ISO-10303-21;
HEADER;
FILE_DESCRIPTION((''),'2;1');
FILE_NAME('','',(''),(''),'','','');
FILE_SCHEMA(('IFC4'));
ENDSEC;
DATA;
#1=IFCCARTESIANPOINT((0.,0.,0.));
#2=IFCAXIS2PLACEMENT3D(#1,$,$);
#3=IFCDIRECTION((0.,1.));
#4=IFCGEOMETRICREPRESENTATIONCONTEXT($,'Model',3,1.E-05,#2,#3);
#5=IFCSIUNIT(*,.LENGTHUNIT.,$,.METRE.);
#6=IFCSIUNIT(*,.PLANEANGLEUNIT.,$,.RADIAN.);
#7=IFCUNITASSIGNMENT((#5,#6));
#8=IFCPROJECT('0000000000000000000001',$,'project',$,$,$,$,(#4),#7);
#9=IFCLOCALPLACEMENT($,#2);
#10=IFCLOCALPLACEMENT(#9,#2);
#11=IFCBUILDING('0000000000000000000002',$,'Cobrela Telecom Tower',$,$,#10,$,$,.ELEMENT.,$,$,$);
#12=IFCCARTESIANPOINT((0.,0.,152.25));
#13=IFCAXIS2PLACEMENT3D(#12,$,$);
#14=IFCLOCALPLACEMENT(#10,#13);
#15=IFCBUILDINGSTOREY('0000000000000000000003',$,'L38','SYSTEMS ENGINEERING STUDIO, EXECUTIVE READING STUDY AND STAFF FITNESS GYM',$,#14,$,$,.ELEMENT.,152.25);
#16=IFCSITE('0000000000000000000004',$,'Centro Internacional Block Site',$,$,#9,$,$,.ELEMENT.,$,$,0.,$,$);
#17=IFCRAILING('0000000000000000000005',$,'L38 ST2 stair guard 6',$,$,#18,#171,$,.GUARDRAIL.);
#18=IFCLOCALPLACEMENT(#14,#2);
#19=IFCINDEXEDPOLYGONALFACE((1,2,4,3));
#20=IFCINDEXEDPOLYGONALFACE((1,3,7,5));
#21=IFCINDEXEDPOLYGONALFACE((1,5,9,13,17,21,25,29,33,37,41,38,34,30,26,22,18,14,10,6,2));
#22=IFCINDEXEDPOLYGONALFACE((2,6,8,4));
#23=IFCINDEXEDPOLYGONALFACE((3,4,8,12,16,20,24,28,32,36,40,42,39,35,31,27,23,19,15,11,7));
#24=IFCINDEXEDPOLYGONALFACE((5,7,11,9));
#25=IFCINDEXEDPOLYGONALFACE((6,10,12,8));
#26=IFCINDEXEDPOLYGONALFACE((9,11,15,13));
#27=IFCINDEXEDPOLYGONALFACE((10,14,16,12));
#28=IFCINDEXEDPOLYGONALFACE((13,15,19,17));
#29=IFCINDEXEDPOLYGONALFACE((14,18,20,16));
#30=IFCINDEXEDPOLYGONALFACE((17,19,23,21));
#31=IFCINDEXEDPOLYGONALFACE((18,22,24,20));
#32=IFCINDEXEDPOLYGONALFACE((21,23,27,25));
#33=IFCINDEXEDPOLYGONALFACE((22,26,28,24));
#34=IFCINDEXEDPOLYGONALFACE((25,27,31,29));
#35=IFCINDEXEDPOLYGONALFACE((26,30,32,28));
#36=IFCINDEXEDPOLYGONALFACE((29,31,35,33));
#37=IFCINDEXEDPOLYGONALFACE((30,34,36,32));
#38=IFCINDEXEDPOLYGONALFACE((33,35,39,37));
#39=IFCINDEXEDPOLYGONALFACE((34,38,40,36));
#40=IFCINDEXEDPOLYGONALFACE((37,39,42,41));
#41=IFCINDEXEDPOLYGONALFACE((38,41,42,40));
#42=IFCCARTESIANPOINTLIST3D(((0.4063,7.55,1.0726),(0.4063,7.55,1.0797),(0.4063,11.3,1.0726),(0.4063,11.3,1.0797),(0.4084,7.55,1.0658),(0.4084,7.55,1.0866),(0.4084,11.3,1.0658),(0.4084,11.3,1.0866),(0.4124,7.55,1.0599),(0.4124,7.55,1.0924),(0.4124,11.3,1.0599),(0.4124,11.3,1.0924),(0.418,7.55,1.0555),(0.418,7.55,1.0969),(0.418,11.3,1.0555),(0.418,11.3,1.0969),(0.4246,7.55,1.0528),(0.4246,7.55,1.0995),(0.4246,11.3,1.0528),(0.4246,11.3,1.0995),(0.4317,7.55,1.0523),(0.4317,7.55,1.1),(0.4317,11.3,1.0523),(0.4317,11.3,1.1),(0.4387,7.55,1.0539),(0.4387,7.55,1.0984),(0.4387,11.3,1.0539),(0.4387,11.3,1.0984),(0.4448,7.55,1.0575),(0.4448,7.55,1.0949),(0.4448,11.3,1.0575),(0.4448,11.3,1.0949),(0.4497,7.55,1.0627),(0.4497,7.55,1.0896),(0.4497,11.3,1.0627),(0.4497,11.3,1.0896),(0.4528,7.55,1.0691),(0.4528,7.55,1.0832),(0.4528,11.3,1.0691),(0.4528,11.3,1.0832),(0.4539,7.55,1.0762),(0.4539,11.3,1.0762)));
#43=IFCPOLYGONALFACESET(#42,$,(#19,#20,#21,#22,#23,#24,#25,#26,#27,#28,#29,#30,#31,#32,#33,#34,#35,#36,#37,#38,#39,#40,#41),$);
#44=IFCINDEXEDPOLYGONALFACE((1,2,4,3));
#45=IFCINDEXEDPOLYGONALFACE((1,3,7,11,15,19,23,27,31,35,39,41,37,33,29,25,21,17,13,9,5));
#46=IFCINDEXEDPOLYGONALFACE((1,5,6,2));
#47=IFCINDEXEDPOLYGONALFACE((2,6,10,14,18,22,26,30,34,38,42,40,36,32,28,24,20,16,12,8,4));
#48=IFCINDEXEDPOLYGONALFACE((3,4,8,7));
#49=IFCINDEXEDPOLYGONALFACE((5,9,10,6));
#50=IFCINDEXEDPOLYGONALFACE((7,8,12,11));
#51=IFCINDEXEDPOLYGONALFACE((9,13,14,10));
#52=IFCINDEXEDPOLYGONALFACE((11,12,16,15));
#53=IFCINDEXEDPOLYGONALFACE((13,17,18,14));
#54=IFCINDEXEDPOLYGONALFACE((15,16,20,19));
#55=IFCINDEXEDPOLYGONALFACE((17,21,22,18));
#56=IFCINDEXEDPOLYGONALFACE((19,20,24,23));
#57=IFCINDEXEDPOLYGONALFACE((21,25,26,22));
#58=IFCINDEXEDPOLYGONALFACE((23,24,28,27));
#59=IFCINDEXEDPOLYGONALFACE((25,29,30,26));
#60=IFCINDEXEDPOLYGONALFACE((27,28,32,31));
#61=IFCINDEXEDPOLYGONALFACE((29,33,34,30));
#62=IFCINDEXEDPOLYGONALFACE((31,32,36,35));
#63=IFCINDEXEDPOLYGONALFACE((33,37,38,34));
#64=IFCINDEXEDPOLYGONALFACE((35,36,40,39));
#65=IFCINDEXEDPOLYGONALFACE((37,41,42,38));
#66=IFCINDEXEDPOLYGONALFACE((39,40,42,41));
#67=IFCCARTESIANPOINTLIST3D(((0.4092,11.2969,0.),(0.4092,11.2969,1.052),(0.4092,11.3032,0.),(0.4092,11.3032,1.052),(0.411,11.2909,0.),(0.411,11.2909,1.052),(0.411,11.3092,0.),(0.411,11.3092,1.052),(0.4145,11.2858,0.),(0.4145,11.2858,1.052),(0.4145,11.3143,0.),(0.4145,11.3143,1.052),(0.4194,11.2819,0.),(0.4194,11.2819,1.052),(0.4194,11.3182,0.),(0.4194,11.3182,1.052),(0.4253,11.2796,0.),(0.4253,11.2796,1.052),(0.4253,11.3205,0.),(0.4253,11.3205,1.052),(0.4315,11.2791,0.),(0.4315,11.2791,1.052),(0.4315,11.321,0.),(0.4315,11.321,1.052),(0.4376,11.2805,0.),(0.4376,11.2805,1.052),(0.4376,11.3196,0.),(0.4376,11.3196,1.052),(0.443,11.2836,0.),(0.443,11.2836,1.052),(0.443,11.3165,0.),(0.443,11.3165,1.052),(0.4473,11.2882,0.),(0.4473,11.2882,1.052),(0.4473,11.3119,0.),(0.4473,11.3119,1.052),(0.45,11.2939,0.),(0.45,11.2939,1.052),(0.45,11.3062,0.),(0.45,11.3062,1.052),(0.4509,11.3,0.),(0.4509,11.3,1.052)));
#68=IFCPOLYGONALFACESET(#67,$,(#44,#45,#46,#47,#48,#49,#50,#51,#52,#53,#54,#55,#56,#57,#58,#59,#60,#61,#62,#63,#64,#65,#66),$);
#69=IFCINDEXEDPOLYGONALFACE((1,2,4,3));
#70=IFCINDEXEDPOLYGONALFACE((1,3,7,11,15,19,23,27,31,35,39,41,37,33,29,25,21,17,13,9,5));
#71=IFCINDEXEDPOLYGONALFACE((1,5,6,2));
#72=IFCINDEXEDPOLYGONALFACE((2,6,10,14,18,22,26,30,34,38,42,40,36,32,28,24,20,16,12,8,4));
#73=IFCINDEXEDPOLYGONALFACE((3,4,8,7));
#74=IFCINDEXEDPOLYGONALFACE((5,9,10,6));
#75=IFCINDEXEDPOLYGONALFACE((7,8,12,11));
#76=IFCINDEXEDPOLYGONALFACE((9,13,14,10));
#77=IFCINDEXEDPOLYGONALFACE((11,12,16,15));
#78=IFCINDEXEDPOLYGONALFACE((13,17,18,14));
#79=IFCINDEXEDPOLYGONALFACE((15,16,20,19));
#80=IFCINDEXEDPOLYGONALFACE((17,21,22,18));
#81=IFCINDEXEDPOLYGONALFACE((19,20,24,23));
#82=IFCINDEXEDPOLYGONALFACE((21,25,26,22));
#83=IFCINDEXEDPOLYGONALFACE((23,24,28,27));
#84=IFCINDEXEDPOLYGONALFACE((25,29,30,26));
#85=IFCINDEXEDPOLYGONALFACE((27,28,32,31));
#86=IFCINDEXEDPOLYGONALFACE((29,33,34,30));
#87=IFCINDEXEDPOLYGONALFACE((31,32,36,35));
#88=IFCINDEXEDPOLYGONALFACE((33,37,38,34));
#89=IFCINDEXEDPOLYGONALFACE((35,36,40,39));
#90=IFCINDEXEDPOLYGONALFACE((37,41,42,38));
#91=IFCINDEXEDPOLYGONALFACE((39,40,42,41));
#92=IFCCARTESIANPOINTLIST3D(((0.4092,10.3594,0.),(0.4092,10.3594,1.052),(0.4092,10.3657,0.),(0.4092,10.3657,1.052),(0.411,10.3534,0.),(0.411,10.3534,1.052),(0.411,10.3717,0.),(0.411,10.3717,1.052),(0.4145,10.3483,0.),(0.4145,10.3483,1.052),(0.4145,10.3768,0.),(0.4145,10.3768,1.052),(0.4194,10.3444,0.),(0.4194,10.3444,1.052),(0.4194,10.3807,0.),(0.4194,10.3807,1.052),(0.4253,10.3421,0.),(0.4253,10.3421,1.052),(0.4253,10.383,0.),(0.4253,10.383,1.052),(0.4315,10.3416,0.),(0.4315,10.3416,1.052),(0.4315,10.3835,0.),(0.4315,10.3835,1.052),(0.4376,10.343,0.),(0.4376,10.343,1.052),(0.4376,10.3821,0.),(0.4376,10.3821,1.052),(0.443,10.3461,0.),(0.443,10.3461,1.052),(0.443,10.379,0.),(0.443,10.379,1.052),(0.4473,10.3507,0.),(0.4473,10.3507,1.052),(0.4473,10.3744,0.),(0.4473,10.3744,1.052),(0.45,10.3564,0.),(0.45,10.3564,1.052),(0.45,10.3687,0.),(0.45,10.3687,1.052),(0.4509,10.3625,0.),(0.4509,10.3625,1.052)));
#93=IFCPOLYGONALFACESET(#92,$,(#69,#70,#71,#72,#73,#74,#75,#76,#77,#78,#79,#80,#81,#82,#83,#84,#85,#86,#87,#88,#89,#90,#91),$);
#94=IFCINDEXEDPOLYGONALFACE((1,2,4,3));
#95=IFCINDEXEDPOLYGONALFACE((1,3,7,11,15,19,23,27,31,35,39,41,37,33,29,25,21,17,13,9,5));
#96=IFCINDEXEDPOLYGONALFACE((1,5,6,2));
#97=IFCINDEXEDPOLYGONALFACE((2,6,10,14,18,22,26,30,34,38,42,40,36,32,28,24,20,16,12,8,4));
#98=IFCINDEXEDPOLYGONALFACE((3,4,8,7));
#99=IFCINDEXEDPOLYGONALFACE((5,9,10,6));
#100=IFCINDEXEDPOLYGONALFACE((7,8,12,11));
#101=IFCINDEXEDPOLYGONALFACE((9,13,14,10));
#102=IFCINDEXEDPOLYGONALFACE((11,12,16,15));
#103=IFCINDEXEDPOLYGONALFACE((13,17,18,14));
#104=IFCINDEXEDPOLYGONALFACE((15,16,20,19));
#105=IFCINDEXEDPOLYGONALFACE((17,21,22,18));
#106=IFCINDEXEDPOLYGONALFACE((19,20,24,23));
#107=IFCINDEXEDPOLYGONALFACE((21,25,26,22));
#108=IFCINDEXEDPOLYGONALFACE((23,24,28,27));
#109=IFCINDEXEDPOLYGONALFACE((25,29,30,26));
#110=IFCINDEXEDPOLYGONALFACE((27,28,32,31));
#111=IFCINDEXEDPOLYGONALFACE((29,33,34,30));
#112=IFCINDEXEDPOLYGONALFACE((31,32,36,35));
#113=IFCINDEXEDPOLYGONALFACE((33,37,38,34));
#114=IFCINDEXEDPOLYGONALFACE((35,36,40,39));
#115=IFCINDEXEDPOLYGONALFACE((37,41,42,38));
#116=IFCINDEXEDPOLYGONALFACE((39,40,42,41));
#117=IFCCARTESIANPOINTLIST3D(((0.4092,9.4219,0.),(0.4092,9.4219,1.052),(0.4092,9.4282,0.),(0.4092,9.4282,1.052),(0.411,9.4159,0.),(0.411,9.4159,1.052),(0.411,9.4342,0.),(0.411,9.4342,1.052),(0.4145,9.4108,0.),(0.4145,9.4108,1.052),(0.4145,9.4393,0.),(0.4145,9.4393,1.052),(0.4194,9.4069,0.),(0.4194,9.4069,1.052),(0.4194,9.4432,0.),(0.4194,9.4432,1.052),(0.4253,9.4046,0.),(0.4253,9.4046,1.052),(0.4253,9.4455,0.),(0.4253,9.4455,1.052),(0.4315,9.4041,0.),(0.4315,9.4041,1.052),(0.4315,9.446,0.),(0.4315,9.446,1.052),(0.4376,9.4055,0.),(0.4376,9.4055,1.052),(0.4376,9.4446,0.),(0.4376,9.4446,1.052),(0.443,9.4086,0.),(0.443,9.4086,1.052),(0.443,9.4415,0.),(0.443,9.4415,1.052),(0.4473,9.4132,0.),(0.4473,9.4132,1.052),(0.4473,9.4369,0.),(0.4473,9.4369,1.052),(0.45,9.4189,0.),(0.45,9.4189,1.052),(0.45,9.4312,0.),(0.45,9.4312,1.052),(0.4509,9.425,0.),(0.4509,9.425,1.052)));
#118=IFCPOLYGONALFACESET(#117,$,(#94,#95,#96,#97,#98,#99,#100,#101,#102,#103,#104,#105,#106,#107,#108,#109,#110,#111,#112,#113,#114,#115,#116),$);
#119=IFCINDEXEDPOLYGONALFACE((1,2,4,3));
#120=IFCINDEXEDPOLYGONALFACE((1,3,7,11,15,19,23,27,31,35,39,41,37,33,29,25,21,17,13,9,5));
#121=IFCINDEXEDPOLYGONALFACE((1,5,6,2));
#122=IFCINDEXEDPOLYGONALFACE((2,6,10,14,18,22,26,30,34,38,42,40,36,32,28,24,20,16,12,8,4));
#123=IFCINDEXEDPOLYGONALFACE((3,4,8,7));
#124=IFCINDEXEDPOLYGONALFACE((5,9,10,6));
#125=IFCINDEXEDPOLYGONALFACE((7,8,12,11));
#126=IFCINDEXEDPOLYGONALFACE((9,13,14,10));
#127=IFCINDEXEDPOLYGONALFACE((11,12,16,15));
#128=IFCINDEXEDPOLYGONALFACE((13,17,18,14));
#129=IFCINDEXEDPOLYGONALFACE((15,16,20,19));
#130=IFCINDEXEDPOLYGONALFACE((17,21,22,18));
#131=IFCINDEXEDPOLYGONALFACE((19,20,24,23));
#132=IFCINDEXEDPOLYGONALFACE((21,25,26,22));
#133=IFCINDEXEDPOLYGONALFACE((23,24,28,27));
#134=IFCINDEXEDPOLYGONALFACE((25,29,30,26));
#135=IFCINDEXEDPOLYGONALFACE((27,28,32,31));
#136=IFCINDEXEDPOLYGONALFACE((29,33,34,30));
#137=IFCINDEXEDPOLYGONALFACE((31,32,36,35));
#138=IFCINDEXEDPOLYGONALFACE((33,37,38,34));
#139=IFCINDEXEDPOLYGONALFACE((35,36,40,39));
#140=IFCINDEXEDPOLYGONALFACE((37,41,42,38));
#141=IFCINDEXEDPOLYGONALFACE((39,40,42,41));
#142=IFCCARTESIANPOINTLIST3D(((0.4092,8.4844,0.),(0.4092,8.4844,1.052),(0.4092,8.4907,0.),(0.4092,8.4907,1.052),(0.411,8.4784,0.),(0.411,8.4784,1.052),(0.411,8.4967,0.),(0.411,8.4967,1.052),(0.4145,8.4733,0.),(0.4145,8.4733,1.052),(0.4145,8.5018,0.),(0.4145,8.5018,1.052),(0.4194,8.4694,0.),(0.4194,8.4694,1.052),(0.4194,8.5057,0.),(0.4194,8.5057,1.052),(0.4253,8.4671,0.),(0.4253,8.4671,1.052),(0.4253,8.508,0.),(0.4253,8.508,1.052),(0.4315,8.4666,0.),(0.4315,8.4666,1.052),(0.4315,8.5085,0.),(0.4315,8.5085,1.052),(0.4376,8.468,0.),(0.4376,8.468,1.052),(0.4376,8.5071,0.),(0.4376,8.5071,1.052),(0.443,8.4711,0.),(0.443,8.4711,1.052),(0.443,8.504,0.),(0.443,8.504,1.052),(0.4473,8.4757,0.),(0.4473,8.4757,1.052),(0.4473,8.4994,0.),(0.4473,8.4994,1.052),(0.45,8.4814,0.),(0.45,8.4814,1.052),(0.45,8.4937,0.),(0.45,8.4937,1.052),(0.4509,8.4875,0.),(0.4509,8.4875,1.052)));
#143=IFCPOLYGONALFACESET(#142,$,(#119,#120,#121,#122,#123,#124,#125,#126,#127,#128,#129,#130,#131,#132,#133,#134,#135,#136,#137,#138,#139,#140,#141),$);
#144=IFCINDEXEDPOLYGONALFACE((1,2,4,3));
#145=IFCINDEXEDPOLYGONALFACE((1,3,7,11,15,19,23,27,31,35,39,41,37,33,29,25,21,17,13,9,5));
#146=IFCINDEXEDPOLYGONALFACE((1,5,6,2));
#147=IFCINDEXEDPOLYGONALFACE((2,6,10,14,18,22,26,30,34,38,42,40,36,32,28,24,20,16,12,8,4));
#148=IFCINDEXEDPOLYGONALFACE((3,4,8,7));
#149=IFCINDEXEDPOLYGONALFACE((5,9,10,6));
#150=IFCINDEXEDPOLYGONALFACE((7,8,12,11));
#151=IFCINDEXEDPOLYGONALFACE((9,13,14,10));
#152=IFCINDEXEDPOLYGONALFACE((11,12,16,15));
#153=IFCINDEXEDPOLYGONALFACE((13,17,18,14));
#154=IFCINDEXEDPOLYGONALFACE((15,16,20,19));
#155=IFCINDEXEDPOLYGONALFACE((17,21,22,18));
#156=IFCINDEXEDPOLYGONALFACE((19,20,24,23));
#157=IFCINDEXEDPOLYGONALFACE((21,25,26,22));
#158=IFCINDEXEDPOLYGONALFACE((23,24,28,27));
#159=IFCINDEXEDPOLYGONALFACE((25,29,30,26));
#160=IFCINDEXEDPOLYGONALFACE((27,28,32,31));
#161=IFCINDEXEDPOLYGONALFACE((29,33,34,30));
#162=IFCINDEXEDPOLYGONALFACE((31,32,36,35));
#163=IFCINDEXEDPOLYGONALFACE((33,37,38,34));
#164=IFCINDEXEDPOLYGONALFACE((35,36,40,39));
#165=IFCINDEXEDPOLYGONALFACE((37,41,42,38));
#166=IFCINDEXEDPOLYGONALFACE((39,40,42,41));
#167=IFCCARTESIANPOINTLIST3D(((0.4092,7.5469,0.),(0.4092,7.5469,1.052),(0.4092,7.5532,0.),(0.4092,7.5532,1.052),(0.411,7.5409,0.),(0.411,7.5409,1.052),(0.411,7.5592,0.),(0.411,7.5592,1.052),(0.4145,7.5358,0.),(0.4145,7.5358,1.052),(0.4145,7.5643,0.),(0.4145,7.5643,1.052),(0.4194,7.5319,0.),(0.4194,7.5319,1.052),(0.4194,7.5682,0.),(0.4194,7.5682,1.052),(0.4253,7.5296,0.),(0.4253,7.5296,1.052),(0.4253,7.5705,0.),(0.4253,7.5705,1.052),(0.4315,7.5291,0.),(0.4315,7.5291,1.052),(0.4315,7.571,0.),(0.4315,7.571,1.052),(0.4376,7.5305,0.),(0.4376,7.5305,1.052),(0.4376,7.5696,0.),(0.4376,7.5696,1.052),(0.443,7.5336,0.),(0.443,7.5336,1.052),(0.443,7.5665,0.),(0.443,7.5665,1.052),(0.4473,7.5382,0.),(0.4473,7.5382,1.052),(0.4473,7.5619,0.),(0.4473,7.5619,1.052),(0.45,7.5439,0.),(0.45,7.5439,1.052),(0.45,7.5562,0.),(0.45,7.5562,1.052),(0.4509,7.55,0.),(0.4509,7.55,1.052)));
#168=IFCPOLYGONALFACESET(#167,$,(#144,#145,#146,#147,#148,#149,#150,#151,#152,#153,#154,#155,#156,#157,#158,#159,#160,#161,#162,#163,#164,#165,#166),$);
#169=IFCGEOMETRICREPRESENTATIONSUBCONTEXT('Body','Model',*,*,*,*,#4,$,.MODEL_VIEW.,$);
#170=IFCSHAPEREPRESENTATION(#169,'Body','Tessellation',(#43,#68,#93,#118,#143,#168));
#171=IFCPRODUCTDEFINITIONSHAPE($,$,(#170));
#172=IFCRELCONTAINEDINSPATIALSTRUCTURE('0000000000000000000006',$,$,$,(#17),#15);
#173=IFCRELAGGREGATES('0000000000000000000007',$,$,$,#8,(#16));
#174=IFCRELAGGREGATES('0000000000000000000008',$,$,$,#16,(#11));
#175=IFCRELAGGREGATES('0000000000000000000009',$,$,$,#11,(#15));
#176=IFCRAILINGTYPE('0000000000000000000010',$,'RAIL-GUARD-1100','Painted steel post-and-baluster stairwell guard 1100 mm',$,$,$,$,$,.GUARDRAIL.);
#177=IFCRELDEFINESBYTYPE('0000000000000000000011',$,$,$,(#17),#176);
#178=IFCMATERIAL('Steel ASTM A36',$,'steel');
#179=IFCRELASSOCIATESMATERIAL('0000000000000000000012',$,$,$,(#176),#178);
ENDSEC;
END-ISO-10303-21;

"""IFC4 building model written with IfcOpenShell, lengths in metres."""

from ifc_helpers import new_model, si_unit, direction, frame, origin, origin_2d, place, context, subcontext, project, spatial, circle, extrude, material, type_object, element, save


model = new_model("IFC4")

# Units and contexts
model_context = context("Model", 3, precision=1e-05, world=origin(), true_north=direction((0.0, 1.0)))
body_context = subcontext(model_context, "Body", "Model", "MODEL_VIEW")
ifc_project = project(units=[si_unit("LENGTHUNIT", "METRE"), si_unit("PLANEANGLEUNIT", "RADIAN")], contexts=[model_context])

# Site, building, storey
site_placement = place(None, origin())
site = spatial("IfcSite", under=ifc_project, at=site_placement, Name="Centro Internacional Block Site", CompositionType="ELEMENT", RefElevation=0.0)
building_placement = place(site_placement, origin())
building = spatial("IfcBuilding", under=site, at=building_placement, Name="Cobrela Telecom Tower", CompositionType="ELEMENT")
storey_placement = place(building_placement, frame((0.0, 0.0, 152.25)))
storey = spatial("IfcBuildingStorey", under=building, at=storey_placement, Name="L38", Description="SYSTEMS ENGINEERING STUDIO, EXECUTIVE READING STUDY AND STAFF FITNESS GYM", CompositionType="ELEMENT", Elevation=152.25)

# Shared definitions
ifc_material_1 = material(Name="Steel ASTM A36", Category="steel")

# Railing
railing_type_1 = type_object("IfcRailingType", Name="RAIL-GUARD-1100", Description="Painted steel post-and-baluster stairwell guard 1100 mm", PredefinedType="GUARDRAIL", material=ifc_material_1)
railing_1_placement = place(storey_placement, frame((0.4299, 11.3, 0.0)))
element("IfcRailing", 1, at=railing_1_placement, inside=storey, type_object=railing_type_1, Name="L38 ST2 stair guard 6", PredefinedType="GUARDRAIL", context=body_context, shape_type="SweptSolid", body=[
    extrude(circle(Radius=0.0239, at=origin_2d()), frame((0.0, 0.0, 1.0762), z_axis=(0.0, -1.0, 0.0), x_axis=(1.0, 0.0, 0.0)), (0.0, 0.0, 1.0), 3.75),
    extrude(circle(Radius=0.021, at=origin_2d()), origin(), (0.0, 0.0, 1.0), 1.052),
    extrude(circle(Radius=0.021, at=origin_2d()), frame((0.0, -0.9375, 0.0)), (0.0, 0.0, 1.0), 1.052),
    extrude(circle(Radius=0.021, at=origin_2d()), frame((0.0, -1.875, 0.0)), (0.0, 0.0, 1.0), 1.052),
    extrude(circle(Radius=0.021, at=origin_2d()), frame((0.0, -2.8125, 0.0)), (0.0, 0.0, 1.0), 1.052),
    extrude(circle(Radius=0.021, at=origin_2d()), frame((0.0, -3.75, 0.0)), (0.0, 0.0, 1.0), 1.052),
])

save(model, "model.ifc")
